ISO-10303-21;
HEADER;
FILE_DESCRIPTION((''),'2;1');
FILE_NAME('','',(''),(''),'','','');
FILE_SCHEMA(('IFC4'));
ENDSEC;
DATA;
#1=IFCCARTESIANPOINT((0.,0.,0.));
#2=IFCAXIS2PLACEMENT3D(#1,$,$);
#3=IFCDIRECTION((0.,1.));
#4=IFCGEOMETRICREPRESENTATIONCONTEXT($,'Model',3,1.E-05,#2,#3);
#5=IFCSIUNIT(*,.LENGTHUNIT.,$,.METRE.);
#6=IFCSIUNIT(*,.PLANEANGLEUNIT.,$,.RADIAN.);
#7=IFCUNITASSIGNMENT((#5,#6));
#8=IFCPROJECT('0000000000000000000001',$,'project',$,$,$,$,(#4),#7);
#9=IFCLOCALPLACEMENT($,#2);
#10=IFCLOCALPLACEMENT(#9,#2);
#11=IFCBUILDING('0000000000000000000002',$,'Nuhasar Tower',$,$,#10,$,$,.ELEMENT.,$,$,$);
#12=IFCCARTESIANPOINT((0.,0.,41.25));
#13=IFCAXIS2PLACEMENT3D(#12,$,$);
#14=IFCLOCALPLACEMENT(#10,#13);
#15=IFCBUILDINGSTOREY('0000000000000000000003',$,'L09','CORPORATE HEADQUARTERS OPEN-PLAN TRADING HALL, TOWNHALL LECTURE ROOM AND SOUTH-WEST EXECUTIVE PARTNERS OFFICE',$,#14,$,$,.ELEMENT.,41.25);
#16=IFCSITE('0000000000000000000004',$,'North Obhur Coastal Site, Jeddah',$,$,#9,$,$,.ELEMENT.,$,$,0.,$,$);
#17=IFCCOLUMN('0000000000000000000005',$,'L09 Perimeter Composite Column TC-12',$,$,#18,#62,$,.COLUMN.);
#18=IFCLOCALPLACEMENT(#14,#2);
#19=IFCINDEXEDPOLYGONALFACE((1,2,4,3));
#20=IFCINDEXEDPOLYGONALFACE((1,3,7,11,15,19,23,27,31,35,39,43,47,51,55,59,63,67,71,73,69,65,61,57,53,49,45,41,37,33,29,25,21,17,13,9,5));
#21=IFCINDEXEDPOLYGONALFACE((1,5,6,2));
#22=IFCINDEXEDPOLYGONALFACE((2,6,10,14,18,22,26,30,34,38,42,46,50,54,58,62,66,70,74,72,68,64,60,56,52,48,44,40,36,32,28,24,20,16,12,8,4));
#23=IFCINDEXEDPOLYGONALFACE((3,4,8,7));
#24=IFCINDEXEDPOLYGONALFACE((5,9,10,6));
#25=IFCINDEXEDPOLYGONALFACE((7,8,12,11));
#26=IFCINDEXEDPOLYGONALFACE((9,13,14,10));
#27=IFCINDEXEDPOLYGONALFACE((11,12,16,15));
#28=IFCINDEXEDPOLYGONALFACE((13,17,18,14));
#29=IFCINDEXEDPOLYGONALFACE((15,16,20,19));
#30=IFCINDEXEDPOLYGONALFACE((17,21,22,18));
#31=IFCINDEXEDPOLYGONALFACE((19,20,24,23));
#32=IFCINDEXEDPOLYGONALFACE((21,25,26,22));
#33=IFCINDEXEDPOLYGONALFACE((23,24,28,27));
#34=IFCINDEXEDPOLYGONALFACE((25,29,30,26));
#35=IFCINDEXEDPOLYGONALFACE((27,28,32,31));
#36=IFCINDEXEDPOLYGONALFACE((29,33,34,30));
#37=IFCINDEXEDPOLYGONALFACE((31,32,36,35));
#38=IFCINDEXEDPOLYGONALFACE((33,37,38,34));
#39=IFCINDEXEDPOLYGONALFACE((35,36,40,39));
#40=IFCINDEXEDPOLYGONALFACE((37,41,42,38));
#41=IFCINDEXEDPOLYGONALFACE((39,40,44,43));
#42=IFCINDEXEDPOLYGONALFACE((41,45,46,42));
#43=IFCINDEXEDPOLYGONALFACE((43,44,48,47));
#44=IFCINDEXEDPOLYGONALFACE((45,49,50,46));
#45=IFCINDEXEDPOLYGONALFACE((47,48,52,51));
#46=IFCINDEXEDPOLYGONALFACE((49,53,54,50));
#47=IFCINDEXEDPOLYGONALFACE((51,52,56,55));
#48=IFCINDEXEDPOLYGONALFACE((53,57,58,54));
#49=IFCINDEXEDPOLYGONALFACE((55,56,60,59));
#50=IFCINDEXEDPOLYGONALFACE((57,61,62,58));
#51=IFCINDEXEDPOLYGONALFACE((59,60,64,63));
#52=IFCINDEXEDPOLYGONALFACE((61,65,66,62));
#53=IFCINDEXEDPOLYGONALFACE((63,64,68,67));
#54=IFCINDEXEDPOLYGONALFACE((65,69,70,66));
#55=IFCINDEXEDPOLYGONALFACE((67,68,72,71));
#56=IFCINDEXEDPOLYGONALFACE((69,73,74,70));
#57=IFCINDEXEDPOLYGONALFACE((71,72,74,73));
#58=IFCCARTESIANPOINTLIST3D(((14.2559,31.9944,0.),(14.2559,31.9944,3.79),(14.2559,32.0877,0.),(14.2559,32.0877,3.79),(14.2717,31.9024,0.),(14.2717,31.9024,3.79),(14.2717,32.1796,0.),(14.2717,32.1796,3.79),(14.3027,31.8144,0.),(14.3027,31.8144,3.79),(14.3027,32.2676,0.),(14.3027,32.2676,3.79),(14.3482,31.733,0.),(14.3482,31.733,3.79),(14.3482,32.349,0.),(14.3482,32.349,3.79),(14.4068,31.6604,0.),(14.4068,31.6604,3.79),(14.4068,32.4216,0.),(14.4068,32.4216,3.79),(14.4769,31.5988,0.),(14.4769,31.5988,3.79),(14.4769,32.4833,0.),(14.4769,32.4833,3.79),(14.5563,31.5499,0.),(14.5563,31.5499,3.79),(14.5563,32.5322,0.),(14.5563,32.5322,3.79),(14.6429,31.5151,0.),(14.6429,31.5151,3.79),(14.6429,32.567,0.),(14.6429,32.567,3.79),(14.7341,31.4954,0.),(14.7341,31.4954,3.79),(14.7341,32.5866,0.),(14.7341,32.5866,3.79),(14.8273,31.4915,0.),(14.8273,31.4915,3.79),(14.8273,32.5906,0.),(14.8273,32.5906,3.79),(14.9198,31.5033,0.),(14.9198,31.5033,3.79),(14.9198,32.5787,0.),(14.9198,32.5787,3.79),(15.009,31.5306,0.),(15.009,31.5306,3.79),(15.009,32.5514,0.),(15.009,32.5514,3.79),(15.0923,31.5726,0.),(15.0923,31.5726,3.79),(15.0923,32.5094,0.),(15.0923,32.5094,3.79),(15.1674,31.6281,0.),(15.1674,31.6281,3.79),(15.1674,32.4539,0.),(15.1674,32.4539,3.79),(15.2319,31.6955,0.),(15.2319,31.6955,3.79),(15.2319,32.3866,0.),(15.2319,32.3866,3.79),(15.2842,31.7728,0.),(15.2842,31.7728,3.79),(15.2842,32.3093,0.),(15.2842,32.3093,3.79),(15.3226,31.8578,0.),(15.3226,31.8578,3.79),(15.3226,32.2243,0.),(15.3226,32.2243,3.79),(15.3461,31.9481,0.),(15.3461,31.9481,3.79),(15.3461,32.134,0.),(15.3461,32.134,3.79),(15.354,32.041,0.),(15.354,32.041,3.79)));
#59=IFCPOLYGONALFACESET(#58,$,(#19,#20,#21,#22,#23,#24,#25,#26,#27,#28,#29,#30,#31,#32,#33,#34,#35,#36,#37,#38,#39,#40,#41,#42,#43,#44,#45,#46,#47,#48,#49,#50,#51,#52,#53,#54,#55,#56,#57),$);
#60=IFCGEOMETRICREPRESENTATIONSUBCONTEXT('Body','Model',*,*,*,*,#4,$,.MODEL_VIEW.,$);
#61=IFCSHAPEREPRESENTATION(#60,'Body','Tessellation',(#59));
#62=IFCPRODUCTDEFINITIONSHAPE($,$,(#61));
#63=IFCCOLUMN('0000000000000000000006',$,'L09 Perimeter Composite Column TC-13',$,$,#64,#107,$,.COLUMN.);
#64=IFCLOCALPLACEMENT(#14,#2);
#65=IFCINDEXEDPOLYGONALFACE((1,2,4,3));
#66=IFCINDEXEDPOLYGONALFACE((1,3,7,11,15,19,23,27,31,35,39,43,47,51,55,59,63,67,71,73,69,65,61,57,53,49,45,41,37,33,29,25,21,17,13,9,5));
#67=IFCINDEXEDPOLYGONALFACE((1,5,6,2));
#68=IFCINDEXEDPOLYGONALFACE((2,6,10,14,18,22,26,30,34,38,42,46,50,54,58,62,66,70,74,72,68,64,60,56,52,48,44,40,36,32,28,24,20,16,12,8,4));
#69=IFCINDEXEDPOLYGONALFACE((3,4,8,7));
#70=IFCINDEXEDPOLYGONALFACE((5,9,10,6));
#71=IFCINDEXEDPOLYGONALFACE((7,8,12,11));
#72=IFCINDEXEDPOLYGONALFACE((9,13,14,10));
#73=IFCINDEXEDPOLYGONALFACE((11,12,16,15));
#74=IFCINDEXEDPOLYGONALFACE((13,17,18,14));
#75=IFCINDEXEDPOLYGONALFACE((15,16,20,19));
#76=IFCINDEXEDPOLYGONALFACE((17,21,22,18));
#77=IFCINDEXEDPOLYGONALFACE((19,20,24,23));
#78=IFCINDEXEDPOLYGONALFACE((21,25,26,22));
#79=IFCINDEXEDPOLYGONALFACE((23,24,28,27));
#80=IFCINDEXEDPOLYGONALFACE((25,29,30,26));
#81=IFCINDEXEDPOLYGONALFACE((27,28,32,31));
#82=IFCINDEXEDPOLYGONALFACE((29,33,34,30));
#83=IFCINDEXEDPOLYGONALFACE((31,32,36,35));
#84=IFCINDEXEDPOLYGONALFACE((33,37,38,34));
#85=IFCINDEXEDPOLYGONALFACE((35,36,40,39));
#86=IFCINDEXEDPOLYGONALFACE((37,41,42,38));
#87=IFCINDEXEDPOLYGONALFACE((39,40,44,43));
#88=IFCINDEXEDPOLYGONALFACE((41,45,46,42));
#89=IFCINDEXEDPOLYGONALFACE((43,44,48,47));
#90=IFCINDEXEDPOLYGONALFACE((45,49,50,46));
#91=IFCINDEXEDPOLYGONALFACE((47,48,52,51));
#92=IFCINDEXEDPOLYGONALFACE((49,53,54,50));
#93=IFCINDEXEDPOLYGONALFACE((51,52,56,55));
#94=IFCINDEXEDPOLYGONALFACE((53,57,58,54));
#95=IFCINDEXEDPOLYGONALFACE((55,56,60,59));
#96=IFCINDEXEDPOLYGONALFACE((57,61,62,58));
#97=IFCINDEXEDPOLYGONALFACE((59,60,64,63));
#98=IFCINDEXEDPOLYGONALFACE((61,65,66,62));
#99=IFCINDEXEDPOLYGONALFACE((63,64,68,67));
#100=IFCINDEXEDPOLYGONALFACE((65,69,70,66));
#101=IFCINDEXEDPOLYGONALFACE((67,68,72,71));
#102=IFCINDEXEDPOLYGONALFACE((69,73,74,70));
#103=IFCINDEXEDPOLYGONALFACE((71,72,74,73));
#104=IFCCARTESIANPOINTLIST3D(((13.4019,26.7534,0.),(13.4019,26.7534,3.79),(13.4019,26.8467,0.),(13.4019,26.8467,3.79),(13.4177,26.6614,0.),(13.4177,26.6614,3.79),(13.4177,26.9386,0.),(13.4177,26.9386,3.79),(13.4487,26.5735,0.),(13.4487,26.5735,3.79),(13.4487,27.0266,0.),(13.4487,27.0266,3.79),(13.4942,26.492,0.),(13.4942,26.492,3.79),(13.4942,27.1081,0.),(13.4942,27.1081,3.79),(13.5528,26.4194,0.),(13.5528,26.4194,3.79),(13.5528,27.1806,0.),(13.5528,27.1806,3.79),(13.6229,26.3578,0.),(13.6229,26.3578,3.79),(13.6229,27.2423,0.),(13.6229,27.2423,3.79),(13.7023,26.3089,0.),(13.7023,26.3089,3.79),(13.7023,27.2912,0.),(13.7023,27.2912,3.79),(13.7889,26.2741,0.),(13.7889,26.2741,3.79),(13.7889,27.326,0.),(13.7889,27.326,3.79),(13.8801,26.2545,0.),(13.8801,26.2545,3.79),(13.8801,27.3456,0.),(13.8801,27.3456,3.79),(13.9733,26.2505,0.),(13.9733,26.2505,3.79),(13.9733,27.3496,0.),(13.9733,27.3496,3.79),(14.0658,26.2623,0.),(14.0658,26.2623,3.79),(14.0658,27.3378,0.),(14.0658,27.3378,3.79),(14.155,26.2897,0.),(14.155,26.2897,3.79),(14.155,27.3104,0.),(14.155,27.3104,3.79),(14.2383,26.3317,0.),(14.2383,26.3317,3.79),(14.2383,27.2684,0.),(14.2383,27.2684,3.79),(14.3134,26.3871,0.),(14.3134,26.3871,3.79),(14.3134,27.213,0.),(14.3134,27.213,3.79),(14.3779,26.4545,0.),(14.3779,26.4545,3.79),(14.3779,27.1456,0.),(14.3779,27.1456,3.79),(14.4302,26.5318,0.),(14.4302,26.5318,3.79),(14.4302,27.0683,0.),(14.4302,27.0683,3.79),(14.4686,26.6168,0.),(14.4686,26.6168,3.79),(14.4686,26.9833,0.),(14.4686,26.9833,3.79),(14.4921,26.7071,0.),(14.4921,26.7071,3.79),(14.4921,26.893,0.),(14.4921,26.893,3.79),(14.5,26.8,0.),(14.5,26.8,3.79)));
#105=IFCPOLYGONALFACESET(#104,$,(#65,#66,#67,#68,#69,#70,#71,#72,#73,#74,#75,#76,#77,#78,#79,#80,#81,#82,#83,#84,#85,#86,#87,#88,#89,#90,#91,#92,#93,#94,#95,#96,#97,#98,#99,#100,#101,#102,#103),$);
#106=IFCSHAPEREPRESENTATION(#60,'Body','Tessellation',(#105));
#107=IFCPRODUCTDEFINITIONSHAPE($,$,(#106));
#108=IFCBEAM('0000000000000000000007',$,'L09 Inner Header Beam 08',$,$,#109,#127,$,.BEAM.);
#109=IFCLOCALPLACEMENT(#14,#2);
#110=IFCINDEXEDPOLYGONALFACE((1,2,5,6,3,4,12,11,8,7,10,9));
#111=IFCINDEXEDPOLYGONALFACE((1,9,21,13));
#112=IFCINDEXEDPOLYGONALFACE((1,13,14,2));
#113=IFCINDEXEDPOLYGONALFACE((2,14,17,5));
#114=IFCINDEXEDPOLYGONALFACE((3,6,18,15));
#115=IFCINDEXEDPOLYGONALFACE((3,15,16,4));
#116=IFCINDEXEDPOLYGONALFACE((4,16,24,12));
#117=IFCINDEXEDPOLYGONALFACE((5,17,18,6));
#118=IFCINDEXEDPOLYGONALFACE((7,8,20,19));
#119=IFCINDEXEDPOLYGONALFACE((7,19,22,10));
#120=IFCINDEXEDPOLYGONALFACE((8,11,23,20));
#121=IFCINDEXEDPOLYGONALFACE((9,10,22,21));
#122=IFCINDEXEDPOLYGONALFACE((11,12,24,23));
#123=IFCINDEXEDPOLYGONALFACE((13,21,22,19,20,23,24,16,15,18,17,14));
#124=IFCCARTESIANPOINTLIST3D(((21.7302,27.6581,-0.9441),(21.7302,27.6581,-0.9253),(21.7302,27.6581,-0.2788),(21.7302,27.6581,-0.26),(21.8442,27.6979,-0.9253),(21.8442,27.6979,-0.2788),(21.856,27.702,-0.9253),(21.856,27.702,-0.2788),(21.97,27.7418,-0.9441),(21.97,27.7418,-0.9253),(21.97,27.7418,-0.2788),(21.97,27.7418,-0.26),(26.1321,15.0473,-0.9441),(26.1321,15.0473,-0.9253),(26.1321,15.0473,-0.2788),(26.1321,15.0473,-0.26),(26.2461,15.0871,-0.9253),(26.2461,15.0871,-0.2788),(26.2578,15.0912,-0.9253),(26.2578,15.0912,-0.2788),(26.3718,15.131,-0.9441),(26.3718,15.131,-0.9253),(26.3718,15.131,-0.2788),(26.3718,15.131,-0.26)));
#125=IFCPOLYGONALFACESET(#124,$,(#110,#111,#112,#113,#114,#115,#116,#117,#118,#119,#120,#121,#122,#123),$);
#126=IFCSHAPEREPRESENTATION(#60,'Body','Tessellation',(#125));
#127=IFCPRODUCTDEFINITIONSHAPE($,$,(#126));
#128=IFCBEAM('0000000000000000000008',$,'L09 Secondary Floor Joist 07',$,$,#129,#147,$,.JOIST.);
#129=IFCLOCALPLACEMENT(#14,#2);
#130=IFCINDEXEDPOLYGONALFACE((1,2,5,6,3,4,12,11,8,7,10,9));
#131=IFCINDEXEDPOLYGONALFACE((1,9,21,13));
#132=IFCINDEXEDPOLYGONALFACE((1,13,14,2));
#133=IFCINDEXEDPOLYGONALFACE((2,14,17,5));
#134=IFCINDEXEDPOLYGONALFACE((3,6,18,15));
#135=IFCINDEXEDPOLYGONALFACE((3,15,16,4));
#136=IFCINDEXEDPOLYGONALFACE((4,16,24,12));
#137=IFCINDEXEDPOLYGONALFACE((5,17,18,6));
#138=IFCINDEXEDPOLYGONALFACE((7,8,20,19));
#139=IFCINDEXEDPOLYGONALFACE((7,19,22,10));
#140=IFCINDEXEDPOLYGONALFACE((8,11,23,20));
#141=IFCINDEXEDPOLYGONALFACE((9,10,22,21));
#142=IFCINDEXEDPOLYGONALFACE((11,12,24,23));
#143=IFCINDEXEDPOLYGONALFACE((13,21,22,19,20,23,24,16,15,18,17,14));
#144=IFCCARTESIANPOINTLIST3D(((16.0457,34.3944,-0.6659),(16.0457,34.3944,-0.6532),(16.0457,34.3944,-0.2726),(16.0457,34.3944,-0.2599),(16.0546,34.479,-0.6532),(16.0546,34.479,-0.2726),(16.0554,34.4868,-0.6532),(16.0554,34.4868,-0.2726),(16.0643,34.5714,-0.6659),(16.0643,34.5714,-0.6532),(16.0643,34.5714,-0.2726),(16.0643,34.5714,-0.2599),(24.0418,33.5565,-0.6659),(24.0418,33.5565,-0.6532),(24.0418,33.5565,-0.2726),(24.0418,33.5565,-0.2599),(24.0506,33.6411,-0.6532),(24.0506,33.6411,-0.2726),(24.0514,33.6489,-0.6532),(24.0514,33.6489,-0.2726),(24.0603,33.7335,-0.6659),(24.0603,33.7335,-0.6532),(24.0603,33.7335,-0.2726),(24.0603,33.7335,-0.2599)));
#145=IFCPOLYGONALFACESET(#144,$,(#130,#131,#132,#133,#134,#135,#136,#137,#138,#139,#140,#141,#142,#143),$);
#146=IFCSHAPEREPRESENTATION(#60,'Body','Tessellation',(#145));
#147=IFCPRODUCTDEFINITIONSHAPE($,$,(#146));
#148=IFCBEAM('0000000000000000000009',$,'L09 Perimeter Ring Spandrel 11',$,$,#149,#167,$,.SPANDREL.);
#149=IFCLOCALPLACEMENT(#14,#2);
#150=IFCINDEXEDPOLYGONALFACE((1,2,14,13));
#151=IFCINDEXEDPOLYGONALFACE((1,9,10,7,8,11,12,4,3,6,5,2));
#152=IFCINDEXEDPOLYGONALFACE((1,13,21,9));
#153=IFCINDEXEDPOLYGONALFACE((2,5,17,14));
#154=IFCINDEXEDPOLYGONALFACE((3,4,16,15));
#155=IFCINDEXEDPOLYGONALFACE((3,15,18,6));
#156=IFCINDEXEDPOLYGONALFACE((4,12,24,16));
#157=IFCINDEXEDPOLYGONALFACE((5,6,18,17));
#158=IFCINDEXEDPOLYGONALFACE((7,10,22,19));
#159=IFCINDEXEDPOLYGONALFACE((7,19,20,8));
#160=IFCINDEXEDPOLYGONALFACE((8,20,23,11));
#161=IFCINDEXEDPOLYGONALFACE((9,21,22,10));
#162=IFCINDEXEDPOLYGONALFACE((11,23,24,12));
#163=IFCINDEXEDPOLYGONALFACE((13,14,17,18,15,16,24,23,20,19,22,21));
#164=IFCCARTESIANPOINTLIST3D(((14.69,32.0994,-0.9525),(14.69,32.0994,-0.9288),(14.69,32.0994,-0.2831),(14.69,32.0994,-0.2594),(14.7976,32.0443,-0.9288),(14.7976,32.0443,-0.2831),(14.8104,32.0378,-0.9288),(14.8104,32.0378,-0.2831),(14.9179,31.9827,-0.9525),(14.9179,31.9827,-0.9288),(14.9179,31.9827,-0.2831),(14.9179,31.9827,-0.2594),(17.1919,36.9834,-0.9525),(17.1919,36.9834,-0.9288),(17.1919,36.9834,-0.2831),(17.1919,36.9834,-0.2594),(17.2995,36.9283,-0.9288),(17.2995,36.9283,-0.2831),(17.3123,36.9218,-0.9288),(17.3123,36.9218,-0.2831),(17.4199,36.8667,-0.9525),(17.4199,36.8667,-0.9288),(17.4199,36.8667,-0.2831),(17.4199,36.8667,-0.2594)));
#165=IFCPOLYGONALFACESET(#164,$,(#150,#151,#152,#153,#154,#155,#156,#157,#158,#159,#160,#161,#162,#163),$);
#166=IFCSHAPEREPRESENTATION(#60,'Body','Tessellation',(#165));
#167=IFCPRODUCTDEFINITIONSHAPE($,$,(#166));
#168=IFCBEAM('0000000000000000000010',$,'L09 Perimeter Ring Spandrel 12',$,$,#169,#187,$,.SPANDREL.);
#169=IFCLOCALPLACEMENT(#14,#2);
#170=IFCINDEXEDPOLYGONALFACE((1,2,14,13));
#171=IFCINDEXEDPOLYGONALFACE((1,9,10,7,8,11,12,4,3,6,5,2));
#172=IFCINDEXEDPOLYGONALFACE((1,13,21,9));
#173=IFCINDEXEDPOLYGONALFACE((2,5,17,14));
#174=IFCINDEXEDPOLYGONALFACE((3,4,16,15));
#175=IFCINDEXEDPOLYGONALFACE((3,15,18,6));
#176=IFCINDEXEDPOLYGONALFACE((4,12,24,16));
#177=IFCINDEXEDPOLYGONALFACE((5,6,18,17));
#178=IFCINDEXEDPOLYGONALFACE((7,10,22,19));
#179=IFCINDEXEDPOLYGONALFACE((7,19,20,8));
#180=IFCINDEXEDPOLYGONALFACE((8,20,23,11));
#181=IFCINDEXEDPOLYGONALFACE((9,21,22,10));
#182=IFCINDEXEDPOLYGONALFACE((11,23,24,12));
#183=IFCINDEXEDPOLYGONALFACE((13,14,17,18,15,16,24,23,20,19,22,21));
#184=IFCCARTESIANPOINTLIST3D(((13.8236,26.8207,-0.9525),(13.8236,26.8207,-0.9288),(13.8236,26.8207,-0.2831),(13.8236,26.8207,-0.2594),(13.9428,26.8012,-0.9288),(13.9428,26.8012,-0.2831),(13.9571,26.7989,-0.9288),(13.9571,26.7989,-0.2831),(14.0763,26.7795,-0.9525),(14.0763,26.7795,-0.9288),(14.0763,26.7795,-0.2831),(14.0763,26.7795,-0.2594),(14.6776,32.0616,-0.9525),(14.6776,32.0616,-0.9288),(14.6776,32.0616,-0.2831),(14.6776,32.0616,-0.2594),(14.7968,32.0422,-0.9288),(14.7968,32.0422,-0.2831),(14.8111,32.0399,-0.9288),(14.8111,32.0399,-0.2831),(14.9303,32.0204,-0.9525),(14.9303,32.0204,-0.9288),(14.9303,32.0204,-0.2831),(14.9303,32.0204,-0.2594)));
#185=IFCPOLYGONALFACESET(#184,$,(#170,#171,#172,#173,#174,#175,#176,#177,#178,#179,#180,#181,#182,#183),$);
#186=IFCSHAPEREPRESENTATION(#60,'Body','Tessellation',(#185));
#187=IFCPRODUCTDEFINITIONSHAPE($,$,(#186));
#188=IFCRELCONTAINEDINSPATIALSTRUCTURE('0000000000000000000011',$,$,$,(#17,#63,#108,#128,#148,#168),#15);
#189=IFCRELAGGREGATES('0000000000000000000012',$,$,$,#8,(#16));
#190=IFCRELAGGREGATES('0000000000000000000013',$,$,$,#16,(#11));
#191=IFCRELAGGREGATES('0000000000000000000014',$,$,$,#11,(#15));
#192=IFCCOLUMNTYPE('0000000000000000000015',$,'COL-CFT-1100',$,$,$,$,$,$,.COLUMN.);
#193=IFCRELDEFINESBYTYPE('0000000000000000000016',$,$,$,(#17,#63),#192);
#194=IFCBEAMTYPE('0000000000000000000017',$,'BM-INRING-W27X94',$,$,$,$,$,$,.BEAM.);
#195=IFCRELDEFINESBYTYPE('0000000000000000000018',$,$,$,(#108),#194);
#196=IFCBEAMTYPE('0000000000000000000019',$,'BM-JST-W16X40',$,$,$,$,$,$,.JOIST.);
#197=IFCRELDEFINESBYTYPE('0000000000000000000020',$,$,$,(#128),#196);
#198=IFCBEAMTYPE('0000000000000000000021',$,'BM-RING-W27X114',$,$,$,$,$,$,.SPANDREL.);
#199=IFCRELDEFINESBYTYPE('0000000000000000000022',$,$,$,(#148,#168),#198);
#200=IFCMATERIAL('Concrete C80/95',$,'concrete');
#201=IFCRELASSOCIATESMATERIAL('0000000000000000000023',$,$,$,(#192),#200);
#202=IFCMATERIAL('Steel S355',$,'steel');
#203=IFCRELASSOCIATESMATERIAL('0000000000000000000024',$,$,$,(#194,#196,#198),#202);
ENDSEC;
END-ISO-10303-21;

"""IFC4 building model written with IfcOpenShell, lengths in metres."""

from ifc_helpers import new_model, si_unit, direction, frame, origin, origin_2d, place, context, subcontext, project, spatial, circle, i_section, extrude, material, material_profile, profile_set, type_object, element, save


model = new_model("IFC4")

# Units and contexts
model_context = context("Model", 3, precision=1e-05, world=origin(), true_north=direction((0.0, 1.0)))
body_context = subcontext(model_context, "Body", "Model", "MODEL_VIEW")
ifc_project = project(units=[si_unit("LENGTHUNIT", "METRE"), si_unit("PLANEANGLEUNIT", "RADIAN")], contexts=[model_context])

# Site, building, storey
site_placement = place(None, origin())
site = spatial("IfcSite", under=ifc_project, at=site_placement, Name="North Obhur Coastal Site, Jeddah", CompositionType="ELEMENT", RefElevation=0.0)
building_placement = place(site_placement, origin())
building = spatial("IfcBuilding", under=site, at=building_placement, Name="Nuhasar Tower", CompositionType="ELEMENT")
storey_placement = place(building_placement, frame((0.0, 0.0, 41.25)))
storey = spatial("IfcBuildingStorey", under=building, at=storey_placement, Name="L09", Description="CORPORATE HEADQUARTERS OPEN-PLAN TRADING HALL, TOWNHALL LECTURE ROOM AND SOUTH-WEST EXECUTIVE PARTNERS OFFICE", CompositionType="ELEMENT", Elevation=41.25)

# Columns
ifc_material_1 = material(Name="Concrete C80/95", Category="concrete")
ifc_material_profile_1 = material_profile(ifc_material_1, circle(Radius=0.55, at=origin_2d()), Name="CFT1100")
ifc_profile_set_1 = profile_set([ifc_material_profile_1], Name="Concrete C80/95")
column_type = type_object("IfcColumnType", Name="COL-CFT-1100", PredefinedType="COLUMN", material=ifc_profile_set_1)
for number, where, z_axis, x_axis, name in (
    (1, (14.804, 32.041, 0.0), (0.0, 0.0, 1.0), (1.0, 0.0, 0.0), "L09 Perimeter Composite Column TC-12"),
    (2, (13.95, 26.8, 0.0), (0.0, 0.0, 1.0), (1.0, 0.0, 0.0), "L09 Perimeter Composite Column TC-13"),
):
    element("IfcColumn", number, at=place(storey_placement, frame(where, z_axis=z_axis, x_axis=x_axis)), inside=storey, type_object=column_type, Name=name, PredefinedType="COLUMN", context=body_context, shape_type="SweptSolid", body=[
        extrude(circle(Radius=0.55, at=origin_2d()), origin(), (0.0, 0.0, 1.0), 3.79),
    ])

# Beams
ifc_material_2 = material(Name="Steel S355", Category="steel")
ifc_material_profile_2 = material_profile(ifc_material_2, i_section(OverallWidth=0.2539, OverallDepth=0.6841, WebThickness=0.0125, FlangeThickness=0.0188, at=origin_2d()), Name="W27X94")
ifc_profile_set_2 = profile_set([ifc_material_profile_2], Name="Steel S355")
beam_type_1 = type_object("IfcBeamType", Name="BM-INRING-W27X94", PredefinedType="BEAM", material=ifc_profile_set_2)
beam_1_placement = place(storey_placement, frame((21.8501, 27.7, -0.6021), z_axis=(0.329554, -0.944137, 0.0), x_axis=(0.944137, 0.329554, 0.0)))
element("IfcBeam", 3, at=beam_1_placement, inside=storey, type_object=beam_type_1, Name="L09 Inner Header Beam 08", PredefinedType="BEAM", context=body_context, shape_type="SweptSolid", body=[
    extrude(i_section(OverallWidth=0.2539, OverallDepth=0.6841, WebThickness=0.0125, FlangeThickness=0.0188, at=origin_2d()), origin(), (0.0, 0.0, 1.0), 13.3569),
])
ifc_material_profile_3 = material_profile(ifc_material_2, i_section(OverallWidth=0.178, OverallDepth=0.406, WebThickness=0.0078, FlangeThickness=0.0127, at=origin_2d()), Name="W16X40")
ifc_profile_set_3 = profile_set([ifc_material_profile_3], Name="Steel S355")
beam_type_2 = type_object("IfcBeamType", Name="BM-JST-W16X40", PredefinedType="JOIST", material=ifc_profile_set_3)
beam_2_placement = place(storey_placement, frame((24.051, 33.645, -0.4629), z_axis=(-0.994555, 0.104217, 0.0), x_axis=(-0.104217, -0.994555, 0.0)))
element("IfcBeam", 4, at=beam_2_placement, inside=storey, type_object=beam_type_2, Name="L09 Secondary Floor Joist 07", PredefinedType="JOIST", context=body_context, shape_type="SweptSolid", body=[
    extrude(i_section(OverallWidth=0.178, OverallDepth=0.406, WebThickness=0.0078, FlangeThickness=0.0127, at=origin_2d()), origin(), (0.0, 0.0, 1.0), 8.0398),
])
ifc_material_profile_4 = material_profile(ifc_material_2, i_section(OverallWidth=0.2561, OverallDepth=0.6931, WebThickness=0.0144, FlangeThickness=0.0237, at=origin_2d()), Name="W27X114")
ifc_profile_set_4 = profile_set([ifc_material_profile_4], Name="Steel S355")
beam_type_3 = type_object("IfcBeamType", Name="BM-RING-W27X114", PredefinedType="SPANDREL", material=ifc_profile_set_4)
beam_3_placement = place(storey_placement, frame((17.3059, 36.925, -0.606), z_axis=(-0.45593, -0.890016, 0.0), x_axis=(0.890016, -0.45593, 0.0)))
element("IfcBeam", 5, at=beam_3_placement, inside=storey, type_object=beam_type_3, Name="L09 Perimeter Ring Spandrel 11", PredefinedType="SPANDREL", context=body_context, shape_type="SweptSolid", body=[
    extrude(i_section(OverallWidth=0.2561, OverallDepth=0.6931, WebThickness=0.0144, FlangeThickness=0.0237, at=origin_2d()), origin(), (0.0, 0.0, 1.0), 5.4875),
])
for number, where, z_axis, x_axis, name in (
    (6, (14.804, 32.041, -0.606), (-0.160827, -0.986983, 0.0), (0.986983, -0.160827, 0.0), "L09 Perimeter Ring Spandrel 12"),
):
    element("IfcBeam", number, at=place(storey_placement, frame(where, z_axis=z_axis, x_axis=x_axis)), inside=storey, type_object=beam_type_3, Name=name, PredefinedType="SPANDREL", context=body_context, shape_type="SweptSolid", body=[
        extrude(i_section(OverallWidth=0.2561, OverallDepth=0.6931, WebThickness=0.0144, FlangeThickness=0.0237, at=origin_2d()), origin(), (0.0, 0.0, 1.0), 5.3101),
    ])

save(model, "model.ifc")
